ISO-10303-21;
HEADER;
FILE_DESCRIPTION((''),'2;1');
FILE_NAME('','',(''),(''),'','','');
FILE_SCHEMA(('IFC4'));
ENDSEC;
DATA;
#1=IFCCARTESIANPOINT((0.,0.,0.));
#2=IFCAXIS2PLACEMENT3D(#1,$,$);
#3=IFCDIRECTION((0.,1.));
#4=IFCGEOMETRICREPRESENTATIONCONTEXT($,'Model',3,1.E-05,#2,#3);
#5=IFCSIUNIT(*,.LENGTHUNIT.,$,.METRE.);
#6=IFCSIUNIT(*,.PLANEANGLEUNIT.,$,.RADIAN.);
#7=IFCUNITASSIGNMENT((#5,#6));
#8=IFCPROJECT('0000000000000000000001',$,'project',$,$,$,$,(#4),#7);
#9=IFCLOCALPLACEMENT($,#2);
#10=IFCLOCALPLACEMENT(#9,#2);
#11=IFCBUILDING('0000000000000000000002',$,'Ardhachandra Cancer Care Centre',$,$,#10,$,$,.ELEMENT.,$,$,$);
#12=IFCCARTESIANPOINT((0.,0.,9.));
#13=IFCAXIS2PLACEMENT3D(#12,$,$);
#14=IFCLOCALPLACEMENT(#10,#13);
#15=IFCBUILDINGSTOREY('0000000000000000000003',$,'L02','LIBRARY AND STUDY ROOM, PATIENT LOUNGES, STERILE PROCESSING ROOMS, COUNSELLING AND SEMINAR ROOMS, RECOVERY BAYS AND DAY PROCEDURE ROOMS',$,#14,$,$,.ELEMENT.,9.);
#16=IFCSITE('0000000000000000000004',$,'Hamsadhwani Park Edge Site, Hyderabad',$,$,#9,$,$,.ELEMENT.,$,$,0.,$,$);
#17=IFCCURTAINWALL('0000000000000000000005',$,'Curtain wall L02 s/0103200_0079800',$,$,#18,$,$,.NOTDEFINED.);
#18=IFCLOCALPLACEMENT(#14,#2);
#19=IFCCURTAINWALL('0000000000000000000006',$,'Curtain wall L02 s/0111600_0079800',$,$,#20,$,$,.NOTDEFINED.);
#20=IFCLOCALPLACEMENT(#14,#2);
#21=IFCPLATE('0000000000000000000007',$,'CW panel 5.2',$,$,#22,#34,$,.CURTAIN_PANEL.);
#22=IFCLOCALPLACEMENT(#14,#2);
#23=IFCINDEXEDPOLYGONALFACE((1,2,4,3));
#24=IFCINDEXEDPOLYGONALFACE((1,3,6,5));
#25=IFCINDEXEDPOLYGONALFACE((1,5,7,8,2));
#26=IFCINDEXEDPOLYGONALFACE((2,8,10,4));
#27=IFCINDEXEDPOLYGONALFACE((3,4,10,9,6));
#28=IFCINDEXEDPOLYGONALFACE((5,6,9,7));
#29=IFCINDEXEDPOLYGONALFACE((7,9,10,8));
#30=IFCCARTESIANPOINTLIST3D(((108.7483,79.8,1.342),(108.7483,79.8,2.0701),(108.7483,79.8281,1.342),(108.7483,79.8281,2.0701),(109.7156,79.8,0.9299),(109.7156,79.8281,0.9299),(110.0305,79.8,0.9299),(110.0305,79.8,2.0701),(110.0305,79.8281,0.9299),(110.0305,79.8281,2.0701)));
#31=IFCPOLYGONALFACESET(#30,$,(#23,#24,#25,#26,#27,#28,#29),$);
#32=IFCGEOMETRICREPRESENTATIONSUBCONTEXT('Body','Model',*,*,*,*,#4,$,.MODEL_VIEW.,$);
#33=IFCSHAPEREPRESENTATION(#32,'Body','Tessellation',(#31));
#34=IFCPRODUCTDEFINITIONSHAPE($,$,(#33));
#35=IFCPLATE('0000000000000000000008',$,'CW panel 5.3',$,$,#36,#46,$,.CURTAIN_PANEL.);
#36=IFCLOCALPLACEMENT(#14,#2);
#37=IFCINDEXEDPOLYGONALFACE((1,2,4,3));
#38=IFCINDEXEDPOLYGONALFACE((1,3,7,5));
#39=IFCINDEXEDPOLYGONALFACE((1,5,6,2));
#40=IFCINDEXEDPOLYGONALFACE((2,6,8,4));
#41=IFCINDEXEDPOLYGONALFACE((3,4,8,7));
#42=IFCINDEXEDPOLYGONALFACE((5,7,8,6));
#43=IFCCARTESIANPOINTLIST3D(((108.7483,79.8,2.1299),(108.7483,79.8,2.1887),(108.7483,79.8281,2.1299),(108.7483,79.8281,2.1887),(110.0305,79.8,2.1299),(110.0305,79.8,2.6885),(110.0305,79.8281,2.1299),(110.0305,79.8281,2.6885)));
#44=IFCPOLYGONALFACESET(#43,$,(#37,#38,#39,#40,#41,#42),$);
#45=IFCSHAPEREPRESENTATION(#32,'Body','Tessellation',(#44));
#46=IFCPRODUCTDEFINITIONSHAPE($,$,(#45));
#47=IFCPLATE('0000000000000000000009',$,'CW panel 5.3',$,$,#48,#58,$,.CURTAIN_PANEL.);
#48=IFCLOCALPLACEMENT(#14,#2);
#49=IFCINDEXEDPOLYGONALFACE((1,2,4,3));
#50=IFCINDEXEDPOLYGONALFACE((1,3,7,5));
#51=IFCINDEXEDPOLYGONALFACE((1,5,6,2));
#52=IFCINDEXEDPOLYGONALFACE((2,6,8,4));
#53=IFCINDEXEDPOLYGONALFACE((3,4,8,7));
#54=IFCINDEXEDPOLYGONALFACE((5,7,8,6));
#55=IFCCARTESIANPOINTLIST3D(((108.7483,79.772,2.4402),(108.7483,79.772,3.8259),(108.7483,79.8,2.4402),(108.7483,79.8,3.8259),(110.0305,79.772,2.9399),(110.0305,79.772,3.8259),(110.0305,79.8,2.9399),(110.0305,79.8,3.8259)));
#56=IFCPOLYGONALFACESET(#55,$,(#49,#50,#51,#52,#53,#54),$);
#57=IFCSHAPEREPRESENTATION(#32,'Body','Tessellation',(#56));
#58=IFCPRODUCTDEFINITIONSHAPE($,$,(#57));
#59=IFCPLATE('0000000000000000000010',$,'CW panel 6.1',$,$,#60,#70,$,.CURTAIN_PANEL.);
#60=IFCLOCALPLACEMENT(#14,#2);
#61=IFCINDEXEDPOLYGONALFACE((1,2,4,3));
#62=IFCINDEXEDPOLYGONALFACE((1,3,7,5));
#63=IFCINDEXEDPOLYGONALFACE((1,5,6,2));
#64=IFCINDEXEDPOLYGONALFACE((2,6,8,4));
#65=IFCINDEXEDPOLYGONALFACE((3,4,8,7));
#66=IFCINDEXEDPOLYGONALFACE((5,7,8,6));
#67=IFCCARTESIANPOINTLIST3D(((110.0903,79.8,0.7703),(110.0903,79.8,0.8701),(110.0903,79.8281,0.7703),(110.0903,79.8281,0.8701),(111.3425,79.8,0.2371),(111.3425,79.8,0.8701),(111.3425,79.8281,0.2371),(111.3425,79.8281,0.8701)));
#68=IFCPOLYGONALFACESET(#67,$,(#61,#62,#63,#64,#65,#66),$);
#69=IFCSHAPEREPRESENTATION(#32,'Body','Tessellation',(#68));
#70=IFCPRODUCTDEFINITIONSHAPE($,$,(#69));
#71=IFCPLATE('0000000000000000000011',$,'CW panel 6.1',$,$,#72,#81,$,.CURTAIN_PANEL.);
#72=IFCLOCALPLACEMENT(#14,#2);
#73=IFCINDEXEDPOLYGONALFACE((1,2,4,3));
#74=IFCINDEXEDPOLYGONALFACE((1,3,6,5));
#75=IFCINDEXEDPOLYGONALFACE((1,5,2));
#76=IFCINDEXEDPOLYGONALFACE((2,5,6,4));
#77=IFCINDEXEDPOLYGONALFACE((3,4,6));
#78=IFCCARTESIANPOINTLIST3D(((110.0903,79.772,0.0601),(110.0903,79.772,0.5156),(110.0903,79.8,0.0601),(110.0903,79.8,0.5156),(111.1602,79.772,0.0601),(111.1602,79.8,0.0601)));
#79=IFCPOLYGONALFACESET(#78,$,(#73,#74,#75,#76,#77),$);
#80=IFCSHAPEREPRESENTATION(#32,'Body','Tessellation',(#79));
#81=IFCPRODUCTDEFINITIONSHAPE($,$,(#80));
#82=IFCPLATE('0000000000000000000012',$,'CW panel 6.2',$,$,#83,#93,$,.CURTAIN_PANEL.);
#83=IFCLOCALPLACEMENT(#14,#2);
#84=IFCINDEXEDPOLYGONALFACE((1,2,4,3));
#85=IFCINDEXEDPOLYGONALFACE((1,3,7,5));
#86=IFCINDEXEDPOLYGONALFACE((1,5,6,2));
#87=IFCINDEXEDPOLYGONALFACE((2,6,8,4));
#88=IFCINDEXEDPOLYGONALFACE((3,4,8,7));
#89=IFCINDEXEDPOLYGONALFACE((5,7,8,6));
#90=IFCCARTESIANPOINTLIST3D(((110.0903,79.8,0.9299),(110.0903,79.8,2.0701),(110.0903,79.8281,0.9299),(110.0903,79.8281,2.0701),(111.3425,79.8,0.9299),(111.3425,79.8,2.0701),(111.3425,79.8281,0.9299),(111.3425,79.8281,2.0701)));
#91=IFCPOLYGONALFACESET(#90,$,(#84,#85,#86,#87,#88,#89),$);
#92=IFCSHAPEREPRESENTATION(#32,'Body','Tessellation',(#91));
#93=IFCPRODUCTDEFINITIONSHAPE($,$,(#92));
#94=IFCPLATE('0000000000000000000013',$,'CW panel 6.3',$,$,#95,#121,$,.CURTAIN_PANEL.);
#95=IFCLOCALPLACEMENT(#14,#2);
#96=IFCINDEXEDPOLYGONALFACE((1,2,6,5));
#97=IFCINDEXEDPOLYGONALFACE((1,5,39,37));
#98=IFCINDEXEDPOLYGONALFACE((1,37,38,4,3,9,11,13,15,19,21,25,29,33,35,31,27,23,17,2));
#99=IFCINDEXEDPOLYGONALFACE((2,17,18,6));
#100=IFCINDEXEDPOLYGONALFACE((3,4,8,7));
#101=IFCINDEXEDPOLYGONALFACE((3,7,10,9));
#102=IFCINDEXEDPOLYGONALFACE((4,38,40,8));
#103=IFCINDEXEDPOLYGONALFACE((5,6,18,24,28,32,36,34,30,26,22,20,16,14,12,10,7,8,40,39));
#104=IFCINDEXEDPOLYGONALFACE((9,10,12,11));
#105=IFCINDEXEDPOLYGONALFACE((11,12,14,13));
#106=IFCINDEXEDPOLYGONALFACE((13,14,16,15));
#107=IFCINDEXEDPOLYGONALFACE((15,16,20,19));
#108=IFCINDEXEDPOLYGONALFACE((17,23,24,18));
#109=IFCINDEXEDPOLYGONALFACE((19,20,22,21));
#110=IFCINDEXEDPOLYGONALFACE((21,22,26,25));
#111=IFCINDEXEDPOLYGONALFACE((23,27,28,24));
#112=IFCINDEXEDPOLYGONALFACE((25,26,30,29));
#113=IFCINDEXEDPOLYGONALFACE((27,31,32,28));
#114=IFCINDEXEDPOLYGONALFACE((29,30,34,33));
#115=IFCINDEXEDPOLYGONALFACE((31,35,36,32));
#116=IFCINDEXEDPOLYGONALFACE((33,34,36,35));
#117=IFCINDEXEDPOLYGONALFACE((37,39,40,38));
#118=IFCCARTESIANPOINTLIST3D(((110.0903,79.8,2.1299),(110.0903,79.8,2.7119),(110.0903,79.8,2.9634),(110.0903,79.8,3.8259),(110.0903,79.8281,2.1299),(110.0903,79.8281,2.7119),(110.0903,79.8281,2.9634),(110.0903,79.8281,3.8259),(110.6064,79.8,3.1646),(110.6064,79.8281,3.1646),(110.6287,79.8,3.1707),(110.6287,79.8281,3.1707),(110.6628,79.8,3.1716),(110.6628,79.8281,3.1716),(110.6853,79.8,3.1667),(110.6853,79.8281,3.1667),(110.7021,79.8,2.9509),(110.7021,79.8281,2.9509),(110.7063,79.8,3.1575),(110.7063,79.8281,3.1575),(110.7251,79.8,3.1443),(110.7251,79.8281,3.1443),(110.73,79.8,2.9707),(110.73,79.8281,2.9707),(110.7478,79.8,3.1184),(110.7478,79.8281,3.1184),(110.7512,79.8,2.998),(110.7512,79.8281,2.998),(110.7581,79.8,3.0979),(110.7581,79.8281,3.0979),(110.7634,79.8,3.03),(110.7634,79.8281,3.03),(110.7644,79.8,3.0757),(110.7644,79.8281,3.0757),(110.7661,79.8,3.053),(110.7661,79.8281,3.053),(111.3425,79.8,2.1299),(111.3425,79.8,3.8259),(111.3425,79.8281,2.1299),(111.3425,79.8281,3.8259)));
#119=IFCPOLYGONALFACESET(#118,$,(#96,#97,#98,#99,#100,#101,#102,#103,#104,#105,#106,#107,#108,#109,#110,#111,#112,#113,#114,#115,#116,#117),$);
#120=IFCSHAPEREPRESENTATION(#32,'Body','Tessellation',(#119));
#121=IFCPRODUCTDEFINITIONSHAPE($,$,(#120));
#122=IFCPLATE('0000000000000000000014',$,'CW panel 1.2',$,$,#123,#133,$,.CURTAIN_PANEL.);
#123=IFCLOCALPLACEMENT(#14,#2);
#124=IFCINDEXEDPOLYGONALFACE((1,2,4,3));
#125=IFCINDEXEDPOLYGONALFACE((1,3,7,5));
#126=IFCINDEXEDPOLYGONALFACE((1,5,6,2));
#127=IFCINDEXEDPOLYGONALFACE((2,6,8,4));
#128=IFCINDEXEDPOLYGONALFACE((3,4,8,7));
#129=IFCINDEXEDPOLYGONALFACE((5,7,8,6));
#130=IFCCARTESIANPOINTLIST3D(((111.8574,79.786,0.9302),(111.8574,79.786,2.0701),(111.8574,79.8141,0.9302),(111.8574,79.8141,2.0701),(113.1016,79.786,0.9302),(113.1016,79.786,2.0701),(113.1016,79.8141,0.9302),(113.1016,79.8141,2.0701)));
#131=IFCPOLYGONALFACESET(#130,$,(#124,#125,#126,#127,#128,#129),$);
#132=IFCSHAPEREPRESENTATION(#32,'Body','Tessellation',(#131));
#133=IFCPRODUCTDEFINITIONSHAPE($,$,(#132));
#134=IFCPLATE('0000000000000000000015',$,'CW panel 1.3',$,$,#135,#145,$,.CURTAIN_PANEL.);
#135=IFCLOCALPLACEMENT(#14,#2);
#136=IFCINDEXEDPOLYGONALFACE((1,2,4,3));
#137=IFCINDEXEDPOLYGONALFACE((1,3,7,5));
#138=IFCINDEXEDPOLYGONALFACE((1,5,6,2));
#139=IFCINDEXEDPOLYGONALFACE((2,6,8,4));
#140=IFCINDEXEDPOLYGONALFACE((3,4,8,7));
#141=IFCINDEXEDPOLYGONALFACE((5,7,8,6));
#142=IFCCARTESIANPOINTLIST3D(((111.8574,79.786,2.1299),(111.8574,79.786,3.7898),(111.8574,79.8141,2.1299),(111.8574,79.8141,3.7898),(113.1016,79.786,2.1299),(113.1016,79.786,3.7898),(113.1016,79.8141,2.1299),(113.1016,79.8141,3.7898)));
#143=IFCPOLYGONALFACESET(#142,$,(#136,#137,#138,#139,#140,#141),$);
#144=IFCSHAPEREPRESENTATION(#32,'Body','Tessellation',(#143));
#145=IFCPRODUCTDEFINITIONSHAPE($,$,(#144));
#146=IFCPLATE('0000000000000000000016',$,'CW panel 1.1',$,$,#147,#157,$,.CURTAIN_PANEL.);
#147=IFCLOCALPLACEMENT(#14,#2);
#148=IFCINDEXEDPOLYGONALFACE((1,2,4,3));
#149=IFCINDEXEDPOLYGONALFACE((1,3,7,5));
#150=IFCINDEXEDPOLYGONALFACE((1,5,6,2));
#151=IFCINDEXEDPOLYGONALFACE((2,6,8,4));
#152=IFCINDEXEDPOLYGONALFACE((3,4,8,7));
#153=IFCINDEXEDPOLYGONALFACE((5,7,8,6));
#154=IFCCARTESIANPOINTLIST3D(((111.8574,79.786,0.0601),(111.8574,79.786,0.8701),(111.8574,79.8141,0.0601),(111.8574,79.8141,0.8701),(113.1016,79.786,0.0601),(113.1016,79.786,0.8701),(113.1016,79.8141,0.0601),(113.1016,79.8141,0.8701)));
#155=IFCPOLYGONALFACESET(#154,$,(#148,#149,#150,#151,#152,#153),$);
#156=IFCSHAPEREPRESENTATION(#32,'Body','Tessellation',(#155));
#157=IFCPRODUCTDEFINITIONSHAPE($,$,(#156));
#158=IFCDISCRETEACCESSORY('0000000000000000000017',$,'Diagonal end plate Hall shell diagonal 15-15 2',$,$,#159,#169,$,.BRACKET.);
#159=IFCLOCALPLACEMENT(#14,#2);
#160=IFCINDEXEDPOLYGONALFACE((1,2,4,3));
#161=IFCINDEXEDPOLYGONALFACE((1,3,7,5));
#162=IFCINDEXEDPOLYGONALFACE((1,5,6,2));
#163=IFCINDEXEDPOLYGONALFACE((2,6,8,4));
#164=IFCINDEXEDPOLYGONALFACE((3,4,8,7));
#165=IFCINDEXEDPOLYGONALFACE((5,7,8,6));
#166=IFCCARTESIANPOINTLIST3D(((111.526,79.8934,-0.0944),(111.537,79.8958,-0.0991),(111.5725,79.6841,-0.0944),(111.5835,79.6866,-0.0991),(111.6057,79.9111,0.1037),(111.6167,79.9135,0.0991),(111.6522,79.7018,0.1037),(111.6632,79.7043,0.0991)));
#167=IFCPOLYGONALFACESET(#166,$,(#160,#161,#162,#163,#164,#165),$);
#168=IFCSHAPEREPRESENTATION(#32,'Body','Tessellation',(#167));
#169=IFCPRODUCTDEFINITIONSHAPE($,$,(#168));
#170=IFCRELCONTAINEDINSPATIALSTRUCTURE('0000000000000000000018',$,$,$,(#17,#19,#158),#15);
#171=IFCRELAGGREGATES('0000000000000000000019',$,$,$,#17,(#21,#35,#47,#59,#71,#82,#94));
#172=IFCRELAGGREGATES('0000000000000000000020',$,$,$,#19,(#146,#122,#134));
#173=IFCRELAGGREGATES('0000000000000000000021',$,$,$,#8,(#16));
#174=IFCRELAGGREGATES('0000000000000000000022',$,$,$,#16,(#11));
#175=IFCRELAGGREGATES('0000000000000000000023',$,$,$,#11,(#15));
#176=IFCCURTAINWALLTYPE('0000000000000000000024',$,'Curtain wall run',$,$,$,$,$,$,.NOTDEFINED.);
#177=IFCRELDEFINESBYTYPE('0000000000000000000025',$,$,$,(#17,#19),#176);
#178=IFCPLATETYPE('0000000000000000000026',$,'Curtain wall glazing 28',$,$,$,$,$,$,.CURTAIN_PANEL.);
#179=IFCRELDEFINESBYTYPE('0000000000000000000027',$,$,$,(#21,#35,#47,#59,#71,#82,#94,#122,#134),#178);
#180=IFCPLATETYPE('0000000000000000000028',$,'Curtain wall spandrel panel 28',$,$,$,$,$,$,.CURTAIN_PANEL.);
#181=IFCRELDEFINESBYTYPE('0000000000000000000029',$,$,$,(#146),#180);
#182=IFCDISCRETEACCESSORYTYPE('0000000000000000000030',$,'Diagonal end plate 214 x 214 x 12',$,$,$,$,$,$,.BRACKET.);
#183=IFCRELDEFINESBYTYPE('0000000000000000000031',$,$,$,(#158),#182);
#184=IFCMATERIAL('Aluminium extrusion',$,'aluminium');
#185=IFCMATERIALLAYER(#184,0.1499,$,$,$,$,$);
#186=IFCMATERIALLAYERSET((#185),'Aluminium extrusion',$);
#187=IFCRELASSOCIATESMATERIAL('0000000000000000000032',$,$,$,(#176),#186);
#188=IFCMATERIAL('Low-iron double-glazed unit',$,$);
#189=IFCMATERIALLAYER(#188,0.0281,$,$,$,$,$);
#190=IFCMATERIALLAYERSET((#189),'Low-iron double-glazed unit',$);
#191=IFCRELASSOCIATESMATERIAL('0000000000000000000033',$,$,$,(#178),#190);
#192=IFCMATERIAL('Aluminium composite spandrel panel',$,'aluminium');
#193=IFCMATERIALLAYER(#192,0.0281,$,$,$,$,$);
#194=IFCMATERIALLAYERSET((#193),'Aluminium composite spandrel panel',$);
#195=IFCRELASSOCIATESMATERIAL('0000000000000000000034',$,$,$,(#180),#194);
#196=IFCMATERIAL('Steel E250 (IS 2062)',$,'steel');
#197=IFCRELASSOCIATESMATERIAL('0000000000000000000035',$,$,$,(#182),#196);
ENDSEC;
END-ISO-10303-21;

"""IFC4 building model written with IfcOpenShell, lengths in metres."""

from ifc_helpers import new_model, si_unit, direction, frame, origin, origin_2d, place, context, subcontext, project, spatial, polyline, rectangle, outline, extrude, material, layer, layer_set, material_profile, profile_set, type_object, element, aggregate, save


model = new_model("IFC4")

# Units and contexts
model_context = context("Model", 3, precision=1e-05, world=origin(), true_north=direction((0.0, 1.0)))
body_context = subcontext(model_context, "Body", "Model", "MODEL_VIEW")
ifc_project = project(units=[si_unit("LENGTHUNIT", "METRE"), si_unit("PLANEANGLEUNIT", "RADIAN")], contexts=[model_context])

# Site, building, storey
site_placement = place(None, origin())
site = spatial("IfcSite", under=ifc_project, at=site_placement, Name="Hamsadhwani Park Edge Site, Hyderabad", CompositionType="ELEMENT", RefElevation=0.0)
building_placement = place(site_placement, origin())
building = spatial("IfcBuilding", under=site, at=building_placement, Name="Ardhachandra Cancer Care Centre", CompositionType="ELEMENT")
storey_placement = place(building_placement, frame((0.0, 0.0, 9.0)))
storey = spatial("IfcBuildingStorey", under=building, at=storey_placement, Name="L02", Description="LIBRARY AND STUDY ROOM, PATIENT LOUNGES, STERILE PROCESSING ROOMS, COUNSELLING AND SEMINAR ROOMS, RECOVERY BAYS AND DAY PROCEDURE ROOMS", CompositionType="ELEMENT", Elevation=9.0)

# Curtain walls
ifc_material_1 = material(Name="Aluminium extrusion", Category="aluminium")
ifc_layer_1 = layer(ifc_material_1, 0.1499)
ifc_layer_set_1 = layer_set([ifc_layer_1], Name="Aluminium extrusion")
curtain_wall_type = type_object("IfcCurtainWallType", Name="Curtain wall run", PredefinedType="NOTDEFINED", material=ifc_layer_set_1)
curtain_wall_1_placement = place(storey_placement, origin())
curtain_wall_1 = element("IfcCurtainWall", 1, at=curtain_wall_1_placement, inside=storey, type_object=curtain_wall_type, Name="Curtain wall L02 s/0103200_0079800", PredefinedType="NOTDEFINED")
curtain_wall_2_placement = place(storey_placement, origin())
curtain_wall_2 = element("IfcCurtainWall", 2, at=curtain_wall_2_placement, inside=storey, type_object=curtain_wall_type, Name="Curtain wall L02 s/0111600_0079800", PredefinedType="NOTDEFINED")

# Plates
ifc_material_2 = material(Name="Low-iron double-glazed unit")
ifc_layer_2 = layer(ifc_material_2, 0.0281)
ifc_layer_set_2 = layer_set([ifc_layer_2], Name="Low-iron double-glazed unit")
plate_type_1 = type_object("IfcPlateType", Name="Curtain wall glazing 28", PredefinedType="CURTAIN_PANEL", material=ifc_layer_set_2)
plate_1_placement = place(storey_placement, frame((108.7483, 79.8, 2.0701), z_axis=(0.0, 1.0, 0.0), x_axis=(1.0, 0.0, 0.0)))
plate_1 = element("IfcPlate", 3, at=plate_1_placement, type_object=plate_type_1, Name="CW panel 5.2", PredefinedType="CURTAIN_PANEL", context=body_context, shape_type="SweptSolid", body=[
    extrude(outline(polyline([(0.0, 0.0), (1.2822, 0.0), (1.2822, 1.1401), (0.9673, 1.1401), (0.0, 0.728), (0.0, 0.0)])), origin(), (0.0, 0.0, 1.0), 0.0281),
])
plate_2_placement = place(storey_placement, frame((110.0305, 79.8, 2.1299), z_axis=(0.0, 1.0, 0.0), x_axis=(-1.0, 0.0, 0.0)))
plate_2 = element("IfcPlate", 4, at=plate_2_placement, type_object=plate_type_1, Name="CW panel 5.3", PredefinedType="CURTAIN_PANEL", context=body_context, shape_type="SweptSolid", body=[
    extrude(outline(polyline([(0.0, 0.0), (1.2822, 0.0), (1.2822, 0.0588), (0.0, 0.5586), (0.0, 0.0)])), origin(), (0.0, 0.0, 1.0), 0.0281),
])
plate_3_placement = place(storey_placement, frame((108.7483, 79.8, 3.8259), z_axis=(0.0, 1.0, 0.0), x_axis=(1.0, 0.0, 0.0)))
plate_3 = element("IfcPlate", 5, at=plate_3_placement, type_object=plate_type_1, Name="CW panel 5.3", PredefinedType="CURTAIN_PANEL", context=body_context, shape_type="SweptSolid", body=[
    extrude(outline(polyline([(0.0, 0.0), (1.2822, 0.0), (1.2822, 0.886), (0.0, 1.3857), (0.0, 0.0)])), frame((0.0, 0.0, -0.0281)), (0.0, 0.0, 1.0), 0.0281),
])
plate_4_placement = place(storey_placement, frame((110.0903, 79.8, 0.8701), z_axis=(0.0, 1.0, 0.0), x_axis=(1.0, 0.0, 0.0)))
plate_4 = element("IfcPlate", 6, at=plate_4_placement, type_object=plate_type_1, Name="CW panel 6.1", PredefinedType="CURTAIN_PANEL", context=body_context, shape_type="SweptSolid", body=[
    extrude(outline(polyline([(0.0, 0.0), (1.2522, 0.0), (1.2522, 0.6331), (0.0, 0.0999), (0.0, 0.0)])), origin(), (0.0, 0.0, 1.0), 0.0281),
])
plate_5_placement = place(storey_placement, frame((110.0903, 79.8, 0.0601), z_axis=(0.0, 1.0, 0.0), x_axis=(0.0, 0.0, 1.0)))
plate_5 = element("IfcPlate", 7, at=plate_5_placement, type_object=plate_type_1, Name="CW panel 6.1", PredefinedType="CURTAIN_PANEL", context=body_context, shape_type="SweptSolid", body=[
    extrude(outline(polyline([(0.0, 0.0), (0.4556, 0.0), (0.0, 1.0698), (0.0, 0.0)])), frame((0.0, 0.0, -0.0281)), (0.0, 0.0, 1.0), 0.0281),
])
plate_6_placement = place(storey_placement, frame((110.0903, 79.8, 0.9299), z_axis=(0.0, 1.0, 0.0), x_axis=(0.0, 0.0, 1.0)))
plate_6 = element("IfcPlate", 8, at=plate_6_placement, type_object=plate_type_1, Name="CW panel 6.2", PredefinedType="CURTAIN_PANEL", context=body_context, shape_type="SweptSolid", body=[
    extrude(outline(polyline([(0.0, 0.0), (1.1401, 0.0), (1.1401, 1.2522), (0.0, 1.2522), (0.0, 0.0)])), origin(), (0.0, 0.0, 1.0), 0.0281),
])
plate_7_placement = place(storey_placement, frame((110.0903, 79.8, 3.8259), z_axis=(0.0, 1.0, 0.0), x_axis=(1.0, 0.0, 0.0)))
plate_7 = element("IfcPlate", 9, at=plate_7_placement, type_object=plate_type_1, Name="CW panel 6.3", PredefinedType="CURTAIN_PANEL", context=body_context, shape_type="SweptSolid", body=[
    extrude(outline(polyline([(0.0, 0.0), (1.2522, 0.0), (1.2522, 1.696), (0.0, 1.696), (0.0, 1.114), (0.6118, 0.875), (0.6396, 0.8552), (0.6609, 0.8279), (0.6731, 0.7959), (0.6758, 0.7729), (0.6741, 0.7502), (0.6677, 0.728), (0.6575, 0.7075), (0.6348, 0.6816), (0.616, 0.6685), (0.595, 0.6592), (0.5725, 0.6543), (0.5383, 0.6553), (0.5161, 0.6614), (0.0, 0.8625), (0.0, 0.0)])), origin(), (0.0, 0.0, 1.0), 0.0281),
])
aggregate(curtain_wall_1, [plate_1, plate_2, plate_3, plate_4, plate_5, plate_6, plate_7])
plate_8_placement = place(storey_placement, frame((112.4795, 79.8, 0.9302), z_axis=(0.0, 0.0, 1.0), x_axis=(1.0, 0.0, 0.0)))
plate_8 = element("IfcPlate", 10, at=plate_8_placement, type_object=plate_type_1, Name="CW panel 1.2", PredefinedType="CURTAIN_PANEL", context=body_context, shape_type="SweptSolid", body=[
    extrude(rectangle(XDim=1.2441, YDim=0.0281, at=origin_2d()), origin(), (0.0, 0.0, 1.0), 1.1399),
])
plate_9_placement = place(storey_placement, frame((112.4795, 79.8, 2.1299), z_axis=(0.0, 0.0, 1.0), x_axis=(1.0, 0.0, 0.0)))
plate_9 = element("IfcPlate", 11, at=plate_9_placement, type_object=plate_type_1, Name="CW panel 1.3", PredefinedType="CURTAIN_PANEL", context=body_context, shape_type="SweptSolid", body=[
    extrude(rectangle(XDim=1.2441, YDim=0.0281, at=origin_2d()), origin(), (0.0, 0.0, 1.0), 1.6599),
])
ifc_material_3 = material(Name="Aluminium composite spandrel panel", Category="aluminium")
ifc_layer_3 = layer(ifc_material_3, 0.0281)
ifc_layer_set_3 = layer_set([ifc_layer_3], Name="Aluminium composite spandrel panel")
plate_type_2 = type_object("IfcPlateType", Name="Curtain wall spandrel panel 28", PredefinedType="CURTAIN_PANEL", material=ifc_layer_set_3)
plate_10_placement = place(storey_placement, frame((112.4795, 79.8, 0.0601), z_axis=(0.0, 0.0, 1.0), x_axis=(1.0, 0.0, 0.0)))
plate_10 = element("IfcPlate", 12, at=plate_10_placement, type_object=plate_type_2, Name="CW panel 1.1", PredefinedType="CURTAIN_PANEL", context=body_context, shape_type="SweptSolid", body=[
    extrude(rectangle(XDim=1.2441, YDim=0.0281, at=origin_2d()), origin(), (0.0, 0.0, 1.0), 0.8101),
])
aggregate(curtain_wall_2, [plate_10, plate_8, plate_9])

# Discrete accessory
ifc_material_4 = material(Name="Steel E250 (IS 2062)", Category="steel")
ifc_material_profile_1 = material_profile(ifc_material_4, rectangle(XDim=0.2144, YDim=0.2144, at=origin_2d()), Name="PL 214x214x12")
ifc_profile_set_1 = profile_set([ifc_material_profile_1], Name="Steel E250 (IS 2062)")
discrete_accessory_type = type_object("IfcDiscreteAccessoryType", Name="Diagonal end plate 214 x 214 x 12", PredefinedType="BRACKET", material=ifc_profile_set_1)
discrete_accessory_placement = place(storey_placement, frame((111.6001, 79.8, 0.0), z_axis=(-0.902531, -0.200562, 0.381068), x_axis=(0.21693, -0.976187, 0.0)))
element("IfcDiscreteAccessory", 13, at=discrete_accessory_placement, inside=storey, type_object=discrete_accessory_type, Name="Diagonal end plate Hall shell diagonal 15-15 2", PredefinedType="BRACKET", context=body_context, shape_type="SweptSolid", body=[
    extrude(rectangle(XDim=0.2144, YDim=0.2144, at=origin_2d()), origin(), (0.0, 0.0, 1.0), 0.0122),
])

save(model, "model.ifc")
